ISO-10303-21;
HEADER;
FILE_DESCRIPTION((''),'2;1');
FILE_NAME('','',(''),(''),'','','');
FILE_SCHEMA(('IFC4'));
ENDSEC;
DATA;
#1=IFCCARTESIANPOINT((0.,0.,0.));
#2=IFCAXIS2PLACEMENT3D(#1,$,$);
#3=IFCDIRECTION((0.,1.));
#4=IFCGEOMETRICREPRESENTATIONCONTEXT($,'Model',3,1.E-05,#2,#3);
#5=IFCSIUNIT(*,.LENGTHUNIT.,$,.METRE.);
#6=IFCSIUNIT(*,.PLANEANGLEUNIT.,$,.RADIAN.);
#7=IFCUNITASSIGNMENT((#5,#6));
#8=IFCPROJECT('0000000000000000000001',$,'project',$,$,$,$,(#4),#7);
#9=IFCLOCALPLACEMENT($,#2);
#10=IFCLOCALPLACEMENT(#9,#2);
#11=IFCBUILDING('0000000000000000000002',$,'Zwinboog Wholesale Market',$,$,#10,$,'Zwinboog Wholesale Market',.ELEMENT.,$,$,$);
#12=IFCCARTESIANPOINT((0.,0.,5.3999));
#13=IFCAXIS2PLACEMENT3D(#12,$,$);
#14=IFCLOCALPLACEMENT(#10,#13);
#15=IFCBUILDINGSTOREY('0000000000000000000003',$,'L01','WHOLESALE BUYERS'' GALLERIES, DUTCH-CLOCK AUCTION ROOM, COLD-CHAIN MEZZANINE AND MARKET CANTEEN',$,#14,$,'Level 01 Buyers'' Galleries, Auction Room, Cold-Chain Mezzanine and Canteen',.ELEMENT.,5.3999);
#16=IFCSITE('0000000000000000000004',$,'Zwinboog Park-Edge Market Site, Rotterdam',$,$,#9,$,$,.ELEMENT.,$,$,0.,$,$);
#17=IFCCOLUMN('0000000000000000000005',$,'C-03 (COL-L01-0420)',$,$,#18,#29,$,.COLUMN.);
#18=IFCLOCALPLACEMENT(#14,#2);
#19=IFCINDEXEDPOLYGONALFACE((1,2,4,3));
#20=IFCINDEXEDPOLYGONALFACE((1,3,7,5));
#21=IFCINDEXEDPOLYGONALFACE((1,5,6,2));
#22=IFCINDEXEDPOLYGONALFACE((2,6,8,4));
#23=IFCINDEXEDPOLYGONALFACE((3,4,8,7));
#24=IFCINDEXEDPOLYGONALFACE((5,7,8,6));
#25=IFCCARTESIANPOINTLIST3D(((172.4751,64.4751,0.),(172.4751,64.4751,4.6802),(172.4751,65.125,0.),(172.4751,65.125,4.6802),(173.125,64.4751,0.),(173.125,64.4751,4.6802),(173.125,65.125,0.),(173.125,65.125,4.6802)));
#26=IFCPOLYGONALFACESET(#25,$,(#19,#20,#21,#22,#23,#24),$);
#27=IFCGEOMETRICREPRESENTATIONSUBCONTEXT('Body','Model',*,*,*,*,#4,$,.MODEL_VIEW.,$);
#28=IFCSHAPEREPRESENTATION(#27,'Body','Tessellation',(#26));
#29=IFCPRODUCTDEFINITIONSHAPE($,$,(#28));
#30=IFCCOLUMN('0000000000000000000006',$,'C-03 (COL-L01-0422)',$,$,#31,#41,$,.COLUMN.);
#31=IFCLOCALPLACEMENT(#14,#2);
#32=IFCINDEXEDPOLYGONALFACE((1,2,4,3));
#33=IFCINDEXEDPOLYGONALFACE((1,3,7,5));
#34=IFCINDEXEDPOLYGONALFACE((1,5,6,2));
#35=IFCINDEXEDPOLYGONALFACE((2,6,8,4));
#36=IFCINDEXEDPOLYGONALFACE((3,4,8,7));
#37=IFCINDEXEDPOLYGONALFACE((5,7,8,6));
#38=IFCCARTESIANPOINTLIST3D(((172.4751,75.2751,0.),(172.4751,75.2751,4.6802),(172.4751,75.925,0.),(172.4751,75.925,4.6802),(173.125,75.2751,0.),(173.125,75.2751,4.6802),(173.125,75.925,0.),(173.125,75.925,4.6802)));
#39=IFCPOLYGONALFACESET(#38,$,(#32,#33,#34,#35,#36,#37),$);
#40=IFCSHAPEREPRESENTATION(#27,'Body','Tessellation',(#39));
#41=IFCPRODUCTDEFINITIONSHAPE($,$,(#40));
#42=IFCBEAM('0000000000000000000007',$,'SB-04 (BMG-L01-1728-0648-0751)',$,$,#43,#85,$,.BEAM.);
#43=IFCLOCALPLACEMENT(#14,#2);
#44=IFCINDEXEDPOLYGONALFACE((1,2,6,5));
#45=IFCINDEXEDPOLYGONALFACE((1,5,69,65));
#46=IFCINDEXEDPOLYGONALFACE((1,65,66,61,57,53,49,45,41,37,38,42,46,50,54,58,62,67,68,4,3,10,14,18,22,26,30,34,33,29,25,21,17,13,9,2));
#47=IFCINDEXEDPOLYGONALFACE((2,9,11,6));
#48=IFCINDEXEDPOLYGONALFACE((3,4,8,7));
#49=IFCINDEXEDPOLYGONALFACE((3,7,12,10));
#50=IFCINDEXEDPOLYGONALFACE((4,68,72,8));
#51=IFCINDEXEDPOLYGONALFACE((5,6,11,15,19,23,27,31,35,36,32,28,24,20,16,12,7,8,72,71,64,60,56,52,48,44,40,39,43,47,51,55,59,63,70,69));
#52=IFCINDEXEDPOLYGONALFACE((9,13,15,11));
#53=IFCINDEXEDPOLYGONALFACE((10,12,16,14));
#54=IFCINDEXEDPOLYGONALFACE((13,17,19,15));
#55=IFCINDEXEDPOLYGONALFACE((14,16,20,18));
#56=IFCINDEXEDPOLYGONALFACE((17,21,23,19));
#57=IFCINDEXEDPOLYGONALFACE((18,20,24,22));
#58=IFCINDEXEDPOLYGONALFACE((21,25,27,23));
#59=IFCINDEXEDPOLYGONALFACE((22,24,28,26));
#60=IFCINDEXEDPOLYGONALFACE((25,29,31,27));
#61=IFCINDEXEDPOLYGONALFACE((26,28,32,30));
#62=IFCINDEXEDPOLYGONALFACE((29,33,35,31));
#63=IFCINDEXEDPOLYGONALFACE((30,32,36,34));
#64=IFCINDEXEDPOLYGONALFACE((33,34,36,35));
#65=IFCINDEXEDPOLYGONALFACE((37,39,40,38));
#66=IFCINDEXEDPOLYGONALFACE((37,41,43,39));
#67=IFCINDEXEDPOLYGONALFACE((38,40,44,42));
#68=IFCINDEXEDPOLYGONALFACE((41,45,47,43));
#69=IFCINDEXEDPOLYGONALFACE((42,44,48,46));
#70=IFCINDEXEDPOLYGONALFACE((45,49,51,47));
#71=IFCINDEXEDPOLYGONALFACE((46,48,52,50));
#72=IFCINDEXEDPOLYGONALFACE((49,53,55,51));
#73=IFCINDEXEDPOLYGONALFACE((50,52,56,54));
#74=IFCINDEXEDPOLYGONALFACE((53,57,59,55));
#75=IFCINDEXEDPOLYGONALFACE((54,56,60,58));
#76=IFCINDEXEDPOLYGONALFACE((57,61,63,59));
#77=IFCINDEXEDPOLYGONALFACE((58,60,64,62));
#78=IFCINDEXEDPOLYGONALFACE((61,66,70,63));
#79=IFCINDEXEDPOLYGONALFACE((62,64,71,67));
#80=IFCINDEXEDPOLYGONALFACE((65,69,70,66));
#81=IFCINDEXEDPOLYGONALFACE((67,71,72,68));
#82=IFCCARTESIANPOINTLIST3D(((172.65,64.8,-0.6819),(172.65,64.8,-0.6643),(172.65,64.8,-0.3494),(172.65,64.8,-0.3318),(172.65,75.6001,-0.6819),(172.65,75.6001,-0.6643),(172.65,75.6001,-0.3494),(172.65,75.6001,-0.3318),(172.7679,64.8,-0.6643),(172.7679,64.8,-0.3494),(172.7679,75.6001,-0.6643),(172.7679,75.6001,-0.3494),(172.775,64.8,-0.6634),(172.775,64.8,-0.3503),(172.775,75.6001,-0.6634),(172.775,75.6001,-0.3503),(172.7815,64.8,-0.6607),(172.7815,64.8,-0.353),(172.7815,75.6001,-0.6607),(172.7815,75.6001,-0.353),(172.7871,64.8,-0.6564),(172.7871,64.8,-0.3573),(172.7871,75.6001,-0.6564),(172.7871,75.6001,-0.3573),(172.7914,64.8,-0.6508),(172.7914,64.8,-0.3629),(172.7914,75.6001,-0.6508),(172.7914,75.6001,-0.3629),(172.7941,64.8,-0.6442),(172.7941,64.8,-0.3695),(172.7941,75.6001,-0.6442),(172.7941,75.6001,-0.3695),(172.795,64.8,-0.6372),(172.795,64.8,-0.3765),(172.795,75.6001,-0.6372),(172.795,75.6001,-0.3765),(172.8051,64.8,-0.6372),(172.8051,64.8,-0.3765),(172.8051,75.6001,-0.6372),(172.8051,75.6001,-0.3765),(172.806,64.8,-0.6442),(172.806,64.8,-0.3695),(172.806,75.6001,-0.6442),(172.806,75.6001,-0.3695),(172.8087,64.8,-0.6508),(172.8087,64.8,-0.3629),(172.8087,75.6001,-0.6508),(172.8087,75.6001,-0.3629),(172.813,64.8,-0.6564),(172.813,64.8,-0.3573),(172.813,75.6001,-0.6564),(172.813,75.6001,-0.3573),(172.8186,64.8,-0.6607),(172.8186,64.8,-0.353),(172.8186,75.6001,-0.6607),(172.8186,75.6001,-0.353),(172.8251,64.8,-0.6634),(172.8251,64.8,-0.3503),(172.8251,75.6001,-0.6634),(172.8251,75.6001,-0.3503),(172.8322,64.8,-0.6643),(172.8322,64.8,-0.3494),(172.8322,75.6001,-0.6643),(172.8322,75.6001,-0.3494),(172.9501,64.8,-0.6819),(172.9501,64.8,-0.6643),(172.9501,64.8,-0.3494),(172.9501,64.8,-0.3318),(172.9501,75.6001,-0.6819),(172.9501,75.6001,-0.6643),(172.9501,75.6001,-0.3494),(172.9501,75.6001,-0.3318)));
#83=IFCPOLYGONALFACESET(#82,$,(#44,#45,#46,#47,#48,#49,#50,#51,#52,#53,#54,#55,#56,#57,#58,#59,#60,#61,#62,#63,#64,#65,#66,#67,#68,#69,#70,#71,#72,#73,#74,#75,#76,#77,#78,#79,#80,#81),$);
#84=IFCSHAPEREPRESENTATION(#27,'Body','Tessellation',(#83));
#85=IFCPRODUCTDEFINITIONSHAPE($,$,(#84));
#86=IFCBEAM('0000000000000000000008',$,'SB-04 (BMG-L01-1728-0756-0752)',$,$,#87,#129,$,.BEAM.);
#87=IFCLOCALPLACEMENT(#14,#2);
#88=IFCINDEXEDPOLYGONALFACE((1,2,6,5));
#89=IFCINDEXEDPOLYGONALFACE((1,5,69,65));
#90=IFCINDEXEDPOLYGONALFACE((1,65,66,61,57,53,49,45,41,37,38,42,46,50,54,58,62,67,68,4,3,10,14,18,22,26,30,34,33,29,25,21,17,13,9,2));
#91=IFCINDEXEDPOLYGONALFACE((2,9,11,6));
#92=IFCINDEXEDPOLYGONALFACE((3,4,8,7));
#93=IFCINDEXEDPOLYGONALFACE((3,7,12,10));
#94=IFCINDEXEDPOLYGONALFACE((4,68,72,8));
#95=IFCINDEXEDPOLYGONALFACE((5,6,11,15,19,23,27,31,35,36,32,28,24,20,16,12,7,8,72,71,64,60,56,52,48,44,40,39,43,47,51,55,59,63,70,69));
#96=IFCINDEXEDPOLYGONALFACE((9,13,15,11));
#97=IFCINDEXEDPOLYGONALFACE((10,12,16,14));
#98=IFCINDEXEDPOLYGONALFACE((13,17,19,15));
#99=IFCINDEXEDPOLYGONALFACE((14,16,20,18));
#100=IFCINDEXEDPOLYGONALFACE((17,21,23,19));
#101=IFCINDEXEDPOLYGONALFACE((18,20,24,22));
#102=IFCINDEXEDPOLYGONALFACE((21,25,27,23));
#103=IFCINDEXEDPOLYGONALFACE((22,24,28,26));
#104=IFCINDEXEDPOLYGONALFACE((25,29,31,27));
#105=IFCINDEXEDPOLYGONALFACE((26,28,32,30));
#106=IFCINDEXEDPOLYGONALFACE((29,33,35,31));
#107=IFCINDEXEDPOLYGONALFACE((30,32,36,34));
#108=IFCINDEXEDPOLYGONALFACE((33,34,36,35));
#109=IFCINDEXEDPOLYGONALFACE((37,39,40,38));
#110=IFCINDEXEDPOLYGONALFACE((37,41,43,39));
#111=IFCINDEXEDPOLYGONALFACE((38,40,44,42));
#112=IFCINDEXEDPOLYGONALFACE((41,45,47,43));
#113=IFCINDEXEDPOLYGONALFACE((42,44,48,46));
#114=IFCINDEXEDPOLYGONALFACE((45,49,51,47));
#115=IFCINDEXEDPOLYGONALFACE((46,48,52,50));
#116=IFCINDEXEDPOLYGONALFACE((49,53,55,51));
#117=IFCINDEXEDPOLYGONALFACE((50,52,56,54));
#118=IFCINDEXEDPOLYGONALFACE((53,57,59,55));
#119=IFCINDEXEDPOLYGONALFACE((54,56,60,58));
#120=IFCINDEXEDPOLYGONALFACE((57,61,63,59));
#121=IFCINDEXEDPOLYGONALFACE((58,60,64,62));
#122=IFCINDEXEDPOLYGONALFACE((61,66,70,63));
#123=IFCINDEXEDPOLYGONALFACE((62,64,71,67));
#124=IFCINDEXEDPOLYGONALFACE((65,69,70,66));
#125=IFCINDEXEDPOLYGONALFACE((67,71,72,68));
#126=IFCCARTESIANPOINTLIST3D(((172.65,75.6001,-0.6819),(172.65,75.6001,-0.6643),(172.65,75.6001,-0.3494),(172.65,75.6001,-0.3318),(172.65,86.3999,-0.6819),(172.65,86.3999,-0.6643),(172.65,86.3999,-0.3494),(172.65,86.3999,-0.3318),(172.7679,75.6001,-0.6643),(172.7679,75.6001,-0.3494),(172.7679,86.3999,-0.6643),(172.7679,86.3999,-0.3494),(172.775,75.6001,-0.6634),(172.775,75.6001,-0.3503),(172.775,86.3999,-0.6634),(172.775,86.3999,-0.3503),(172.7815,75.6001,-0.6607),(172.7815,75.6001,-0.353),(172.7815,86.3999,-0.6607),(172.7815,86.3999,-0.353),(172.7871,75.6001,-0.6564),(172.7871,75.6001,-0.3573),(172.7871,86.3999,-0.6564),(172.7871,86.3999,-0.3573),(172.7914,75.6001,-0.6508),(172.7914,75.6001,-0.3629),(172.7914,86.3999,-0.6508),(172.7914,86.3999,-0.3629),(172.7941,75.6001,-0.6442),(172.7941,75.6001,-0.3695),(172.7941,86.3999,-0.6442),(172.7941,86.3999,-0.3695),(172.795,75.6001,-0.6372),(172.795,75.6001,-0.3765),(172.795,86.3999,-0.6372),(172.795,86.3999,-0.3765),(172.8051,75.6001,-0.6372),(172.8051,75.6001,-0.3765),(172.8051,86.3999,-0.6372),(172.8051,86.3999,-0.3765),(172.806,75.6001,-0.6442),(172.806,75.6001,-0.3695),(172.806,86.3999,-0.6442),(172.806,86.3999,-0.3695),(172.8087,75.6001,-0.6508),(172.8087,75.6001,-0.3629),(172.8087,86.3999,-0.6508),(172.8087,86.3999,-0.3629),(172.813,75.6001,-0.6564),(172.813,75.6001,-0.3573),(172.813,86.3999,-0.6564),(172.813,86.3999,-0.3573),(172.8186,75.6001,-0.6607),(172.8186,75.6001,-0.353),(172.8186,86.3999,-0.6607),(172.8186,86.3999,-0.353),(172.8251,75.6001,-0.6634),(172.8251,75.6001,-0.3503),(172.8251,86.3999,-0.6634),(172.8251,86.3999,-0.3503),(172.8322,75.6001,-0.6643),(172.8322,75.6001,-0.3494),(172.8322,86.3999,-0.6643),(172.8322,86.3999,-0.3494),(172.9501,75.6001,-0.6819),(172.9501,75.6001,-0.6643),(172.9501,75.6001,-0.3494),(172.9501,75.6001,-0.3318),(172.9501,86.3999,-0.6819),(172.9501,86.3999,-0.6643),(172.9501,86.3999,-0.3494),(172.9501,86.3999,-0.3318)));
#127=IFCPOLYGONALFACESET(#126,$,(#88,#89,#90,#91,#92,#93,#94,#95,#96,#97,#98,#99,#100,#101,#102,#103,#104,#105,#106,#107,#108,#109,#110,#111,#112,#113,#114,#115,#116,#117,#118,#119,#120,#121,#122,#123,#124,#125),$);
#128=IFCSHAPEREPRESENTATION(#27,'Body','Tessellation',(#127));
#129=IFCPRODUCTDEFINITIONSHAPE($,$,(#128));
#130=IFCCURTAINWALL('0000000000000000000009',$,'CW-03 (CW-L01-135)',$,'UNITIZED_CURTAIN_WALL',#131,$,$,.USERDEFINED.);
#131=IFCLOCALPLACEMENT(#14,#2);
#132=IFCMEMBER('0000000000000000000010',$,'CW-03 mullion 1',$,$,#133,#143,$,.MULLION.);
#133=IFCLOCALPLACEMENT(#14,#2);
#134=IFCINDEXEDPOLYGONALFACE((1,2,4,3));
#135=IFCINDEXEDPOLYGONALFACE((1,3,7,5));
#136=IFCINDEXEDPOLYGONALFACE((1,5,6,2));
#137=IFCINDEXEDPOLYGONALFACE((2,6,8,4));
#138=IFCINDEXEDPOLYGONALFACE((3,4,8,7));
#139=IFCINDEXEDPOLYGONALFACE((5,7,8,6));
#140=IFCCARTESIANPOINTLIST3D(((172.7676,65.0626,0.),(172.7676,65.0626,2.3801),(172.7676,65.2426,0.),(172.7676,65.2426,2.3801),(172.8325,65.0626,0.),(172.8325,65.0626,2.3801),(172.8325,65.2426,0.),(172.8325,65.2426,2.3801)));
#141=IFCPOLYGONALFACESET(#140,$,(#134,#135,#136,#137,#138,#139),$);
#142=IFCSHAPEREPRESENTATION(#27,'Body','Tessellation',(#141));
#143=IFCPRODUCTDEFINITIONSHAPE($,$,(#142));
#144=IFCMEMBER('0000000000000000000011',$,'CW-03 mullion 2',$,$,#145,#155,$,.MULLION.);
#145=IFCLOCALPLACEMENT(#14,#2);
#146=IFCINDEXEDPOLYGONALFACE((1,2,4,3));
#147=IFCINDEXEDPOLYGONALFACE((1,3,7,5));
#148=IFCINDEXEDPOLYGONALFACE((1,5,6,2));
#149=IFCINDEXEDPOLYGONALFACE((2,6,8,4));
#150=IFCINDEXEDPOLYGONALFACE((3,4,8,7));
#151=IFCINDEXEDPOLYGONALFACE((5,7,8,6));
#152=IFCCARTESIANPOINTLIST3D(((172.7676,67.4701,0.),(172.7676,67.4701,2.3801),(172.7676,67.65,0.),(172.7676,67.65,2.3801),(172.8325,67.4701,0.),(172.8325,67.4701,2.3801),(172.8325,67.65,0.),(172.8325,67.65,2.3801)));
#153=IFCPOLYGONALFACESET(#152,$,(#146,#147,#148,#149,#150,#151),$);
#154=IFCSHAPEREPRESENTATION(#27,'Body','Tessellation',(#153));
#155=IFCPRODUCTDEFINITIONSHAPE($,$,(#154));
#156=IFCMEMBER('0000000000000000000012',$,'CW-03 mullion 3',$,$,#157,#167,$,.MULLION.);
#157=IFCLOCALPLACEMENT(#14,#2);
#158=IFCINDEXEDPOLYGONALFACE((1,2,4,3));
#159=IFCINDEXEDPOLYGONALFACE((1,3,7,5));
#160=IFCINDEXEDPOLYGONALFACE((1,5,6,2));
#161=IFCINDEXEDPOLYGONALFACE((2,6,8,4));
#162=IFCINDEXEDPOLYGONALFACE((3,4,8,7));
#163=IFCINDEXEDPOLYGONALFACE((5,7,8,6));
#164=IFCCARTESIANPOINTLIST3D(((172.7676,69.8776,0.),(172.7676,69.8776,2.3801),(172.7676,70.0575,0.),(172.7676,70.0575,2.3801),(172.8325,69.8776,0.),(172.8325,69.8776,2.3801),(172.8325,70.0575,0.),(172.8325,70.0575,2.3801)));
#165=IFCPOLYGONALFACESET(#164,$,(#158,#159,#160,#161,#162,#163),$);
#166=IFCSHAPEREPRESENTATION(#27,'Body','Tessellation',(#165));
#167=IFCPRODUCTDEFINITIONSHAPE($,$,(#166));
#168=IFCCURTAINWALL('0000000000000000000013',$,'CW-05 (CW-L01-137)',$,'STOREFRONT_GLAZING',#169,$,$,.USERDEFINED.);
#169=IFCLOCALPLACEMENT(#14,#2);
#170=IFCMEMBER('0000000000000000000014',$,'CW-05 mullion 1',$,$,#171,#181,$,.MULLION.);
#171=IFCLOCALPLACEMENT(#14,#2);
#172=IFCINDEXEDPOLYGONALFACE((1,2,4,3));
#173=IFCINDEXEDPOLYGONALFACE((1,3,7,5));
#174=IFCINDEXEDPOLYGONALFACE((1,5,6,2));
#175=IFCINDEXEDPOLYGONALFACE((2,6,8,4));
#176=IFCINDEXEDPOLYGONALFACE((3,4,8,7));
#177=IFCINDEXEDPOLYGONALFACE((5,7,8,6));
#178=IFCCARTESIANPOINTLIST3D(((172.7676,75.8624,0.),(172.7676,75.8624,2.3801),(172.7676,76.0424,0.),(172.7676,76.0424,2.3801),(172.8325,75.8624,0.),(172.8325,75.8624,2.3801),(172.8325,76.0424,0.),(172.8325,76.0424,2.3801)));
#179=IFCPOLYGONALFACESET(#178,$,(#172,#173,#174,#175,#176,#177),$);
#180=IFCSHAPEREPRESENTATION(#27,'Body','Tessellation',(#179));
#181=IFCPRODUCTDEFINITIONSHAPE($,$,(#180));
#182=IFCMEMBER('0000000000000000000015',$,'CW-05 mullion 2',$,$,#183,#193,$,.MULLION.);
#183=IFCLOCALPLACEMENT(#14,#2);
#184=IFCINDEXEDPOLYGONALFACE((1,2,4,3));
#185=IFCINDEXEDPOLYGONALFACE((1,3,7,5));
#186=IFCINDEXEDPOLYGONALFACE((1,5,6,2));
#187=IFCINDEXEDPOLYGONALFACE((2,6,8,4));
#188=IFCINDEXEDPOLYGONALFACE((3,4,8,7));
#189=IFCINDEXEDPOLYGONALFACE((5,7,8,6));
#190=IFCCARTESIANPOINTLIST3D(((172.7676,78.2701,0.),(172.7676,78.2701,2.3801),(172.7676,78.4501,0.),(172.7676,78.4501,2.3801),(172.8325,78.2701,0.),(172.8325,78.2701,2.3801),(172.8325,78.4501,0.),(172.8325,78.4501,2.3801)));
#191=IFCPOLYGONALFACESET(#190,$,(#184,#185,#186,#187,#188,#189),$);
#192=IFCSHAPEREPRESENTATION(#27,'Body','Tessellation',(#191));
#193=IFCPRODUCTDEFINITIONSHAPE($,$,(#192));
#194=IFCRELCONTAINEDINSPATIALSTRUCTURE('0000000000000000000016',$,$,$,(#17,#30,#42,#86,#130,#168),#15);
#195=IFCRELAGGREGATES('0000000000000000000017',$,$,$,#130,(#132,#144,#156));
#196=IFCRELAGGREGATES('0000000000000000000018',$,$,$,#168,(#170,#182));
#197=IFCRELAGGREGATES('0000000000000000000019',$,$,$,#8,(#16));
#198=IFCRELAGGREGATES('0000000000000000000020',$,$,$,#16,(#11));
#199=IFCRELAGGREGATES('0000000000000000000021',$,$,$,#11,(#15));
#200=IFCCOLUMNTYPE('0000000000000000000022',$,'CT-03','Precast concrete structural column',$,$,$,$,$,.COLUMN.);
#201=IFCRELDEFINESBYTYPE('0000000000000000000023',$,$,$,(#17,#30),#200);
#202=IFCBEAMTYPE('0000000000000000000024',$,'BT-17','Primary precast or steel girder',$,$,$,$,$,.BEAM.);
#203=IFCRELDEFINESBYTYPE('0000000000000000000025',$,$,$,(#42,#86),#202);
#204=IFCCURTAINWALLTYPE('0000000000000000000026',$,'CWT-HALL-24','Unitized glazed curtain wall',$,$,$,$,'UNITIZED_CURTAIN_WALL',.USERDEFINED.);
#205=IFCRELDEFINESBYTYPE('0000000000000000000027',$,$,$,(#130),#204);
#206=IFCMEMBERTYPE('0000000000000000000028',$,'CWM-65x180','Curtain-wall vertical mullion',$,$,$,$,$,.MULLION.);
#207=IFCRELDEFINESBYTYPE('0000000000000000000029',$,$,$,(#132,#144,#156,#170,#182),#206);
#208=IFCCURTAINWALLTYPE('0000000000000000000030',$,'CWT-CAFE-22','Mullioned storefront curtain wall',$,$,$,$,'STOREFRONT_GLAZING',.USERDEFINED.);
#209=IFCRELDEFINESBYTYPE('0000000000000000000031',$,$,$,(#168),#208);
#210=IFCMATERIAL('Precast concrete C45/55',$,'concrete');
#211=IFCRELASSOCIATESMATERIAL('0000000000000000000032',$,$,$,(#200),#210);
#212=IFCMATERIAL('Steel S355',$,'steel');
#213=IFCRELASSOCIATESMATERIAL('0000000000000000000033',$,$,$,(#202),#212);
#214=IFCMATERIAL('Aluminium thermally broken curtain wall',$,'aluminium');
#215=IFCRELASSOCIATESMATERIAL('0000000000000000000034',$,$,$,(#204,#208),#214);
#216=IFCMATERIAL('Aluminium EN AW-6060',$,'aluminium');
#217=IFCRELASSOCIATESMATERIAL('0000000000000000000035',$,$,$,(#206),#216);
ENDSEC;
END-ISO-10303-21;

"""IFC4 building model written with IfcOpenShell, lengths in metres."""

from ifc_helpers import new_model, si_unit, direction, frame, origin, origin_2d, place, context, subcontext, project, spatial, rectangle, i_section, extrude, material, material_profile, profile_set, type_object, element, aggregate, save


model = new_model("IFC4")

# Units and contexts
model_context = context("Model", 3, precision=1e-05, world=origin(), true_north=direction((0.0, 1.0)))
body_context = subcontext(model_context, "Body", "Model", "MODEL_VIEW")
ifc_project = project(units=[si_unit("LENGTHUNIT", "METRE"), si_unit("PLANEANGLEUNIT", "RADIAN")], contexts=[model_context])

# Site, building, storey
site_placement = place(None, origin())
site = spatial("IfcSite", under=ifc_project, at=site_placement, Name="Zwinboog Park-Edge Market Site, Rotterdam", CompositionType="ELEMENT", RefElevation=0.0)
building_placement = place(site_placement, origin())
building = spatial("IfcBuilding", under=site, at=building_placement, Name="Zwinboog Wholesale Market", LongName="Zwinboog Wholesale Market", CompositionType="ELEMENT")
storey_placement = place(building_placement, frame((0.0, 0.0, 5.3999)))
storey = spatial("IfcBuildingStorey", under=building, at=storey_placement, Name="L01", Description="WHOLESALE BUYERS' GALLERIES, DUTCH-CLOCK AUCTION ROOM, COLD-CHAIN MEZZANINE AND MARKET CANTEEN", LongName="Level 01 Buyers' Galleries, Auction Room, Cold-Chain Mezzanine and Canteen", CompositionType="ELEMENT", Elevation=5.3999)

# Columns
ifc_material_1 = material(Name="Precast concrete C45/55", Category="concrete")
ifc_material_profile_1 = material_profile(ifc_material_1, rectangle(XDim=0.6499, YDim=0.6499, at=origin_2d()), Name="PC 650x650")
ifc_profile_set_1 = profile_set([ifc_material_profile_1], Name="Precast concrete C45/55")
column_type = type_object("IfcColumnType", Name="CT-03", Description="Precast concrete structural column", PredefinedType="COLUMN", material=ifc_profile_set_1)
for number, where, z_axis, x_axis, name in (
    (1, (172.8, 64.8, 0.0), (0.0, 0.0, 1.0), (1.0, 0.0, 0.0), "C-03 (COL-L01-0420)"),
    (2, (172.8, 75.6001, 0.0), (0.0, 0.0, 1.0), (1.0, 0.0, 0.0), "C-03 (COL-L01-0422)"),
):
    element("IfcColumn", number, at=place(storey_placement, frame(where, z_axis=z_axis, x_axis=x_axis)), inside=storey, type_object=column_type, Name=name, PredefinedType="COLUMN", context=body_context, shape_type="SweptSolid", body=[
        extrude(rectangle(XDim=0.6499, YDim=0.6499, at=origin_2d()), origin(), (0.0, 0.0, 1.0), 4.6802),
    ])

# Beams
ifc_material_2 = material(Name="Steel S355", Category="steel")
ifc_material_profile_2 = material_profile(ifc_material_2, i_section(OverallWidth=0.3, OverallDepth=0.3501, WebThickness=0.01, FlangeThickness=0.0176, FilletRadius=0.0271, at=origin_2d()), Name="HEA 360")
ifc_profile_set_2 = profile_set([ifc_material_profile_2], Name="Steel S355")
beam_type = type_object("IfcBeamType", Name="BT-17", Description="Primary precast or steel girder", PredefinedType="BEAM", material=ifc_profile_set_2)
beam_1_placement = place(storey_placement, frame((172.8, 64.8, -0.5068), z_axis=(0.0, 1.0, 0.0), x_axis=(-1.0, 0.0, 0.0)))
element("IfcBeam", 3, at=beam_1_placement, inside=storey, type_object=beam_type, Name="SB-04 (BMG-L01-1728-0648-0751)", PredefinedType="BEAM", context=body_context, shape_type="SweptSolid", body=[
    extrude(i_section(OverallWidth=0.3, OverallDepth=0.3501, WebThickness=0.01, FlangeThickness=0.0176, FilletRadius=0.0271, at=origin_2d()), origin(), (0.0, 0.0, 1.0), 10.8),
])
beam_2_placement = place(storey_placement, frame((172.8, 75.6001, -0.5068), z_axis=(0.0, 1.0, 0.0), x_axis=(-1.0, 0.0, 0.0)))
element("IfcBeam", 4, at=beam_2_placement, inside=storey, type_object=beam_type, Name="SB-04 (BMG-L01-1728-0756-0752)", PredefinedType="BEAM", context=body_context, shape_type="SweptSolid", body=[
    extrude(i_section(OverallWidth=0.3, OverallDepth=0.3501, WebThickness=0.01, FlangeThickness=0.0176, FilletRadius=0.0271, at=origin_2d()), origin(), (0.0, 0.0, 1.0), 10.7998),
])

# Curtain walls, members
ifc_material_3 = material(Name="Aluminium thermally broken curtain wall", Category="aluminium")
curtain_wall_type_1 = type_object("IfcCurtainWallType", Name="CWT-HALL-24", Description="Unitized glazed curtain wall", ElementType="UNITIZED_CURTAIN_WALL", PredefinedType="USERDEFINED", material=ifc_material_3)
curtain_wall_1_placement = place(storey_placement, origin())
curtain_wall_1 = element("IfcCurtainWall", 5, at=curtain_wall_1_placement, inside=storey, type_object=curtain_wall_type_1, Name="CW-03 (CW-L01-135)", ObjectType="UNITIZED_CURTAIN_WALL", PredefinedType="USERDEFINED")
ifc_material_4 = material(Name="Aluminium EN AW-6060", Category="aluminium")
ifc_material_profile_3 = material_profile(ifc_material_4, rectangle(XDim=0.0649, YDim=0.1799, at=origin_2d()), Name="AL 65x180")
ifc_profile_set_3 = profile_set([ifc_material_profile_3], Name="Aluminium EN AW-6060")
member_type_1 = type_object("IfcMemberType", Name="CWM-65x180", Description="Curtain-wall vertical mullion", PredefinedType="MULLION", material=ifc_profile_set_3)
member_1_placement = place(storey_placement, frame((172.8, 65.1526, 0.0), z_axis=(0.0, 0.0, 1.0), x_axis=(-1.0, 0.0, 0.0)))
member_1 = element("IfcMember", 6, at=member_1_placement, type_object=member_type_1, Name="CW-03 mullion 1", PredefinedType="MULLION", context=body_context, shape_type="SweptSolid", body=[
    extrude(rectangle(XDim=0.0649, YDim=0.1799, at=origin_2d()), origin(), (0.0, 0.0, 1.0), 2.3801),
])
member_2_placement = place(storey_placement, frame((172.8, 67.5601, 0.0), z_axis=(0.0, 0.0, 1.0), x_axis=(-1.0, 0.0, 0.0)))
member_2 = element("IfcMember", 7, at=member_2_placement, type_object=member_type_1, Name="CW-03 mullion 2", PredefinedType="MULLION", context=body_context, shape_type="SweptSolid", body=[
    extrude(rectangle(XDim=0.0649, YDim=0.1799, at=origin_2d()), origin(), (0.0, 0.0, 1.0), 2.3801),
])
member_3_placement = place(storey_placement, frame((172.8, 69.9675, 0.0), z_axis=(0.0, 0.0, 1.0), x_axis=(-1.0, 0.0, 0.0)))
member_3 = element("IfcMember", 8, at=member_3_placement, type_object=member_type_1, Name="CW-03 mullion 3", PredefinedType="MULLION", context=body_context, shape_type="SweptSolid", body=[
    extrude(rectangle(XDim=0.0649, YDim=0.1799, at=origin_2d()), origin(), (0.0, 0.0, 1.0), 2.3801),
])
curtain_wall_type_2 = type_object("IfcCurtainWallType", Name="CWT-CAFE-22", Description="Mullioned storefront curtain wall", ElementType="STOREFRONT_GLAZING", PredefinedType="USERDEFINED", material=ifc_material_3)
curtain_wall_2_placement = place(storey_placement, origin())
curtain_wall_2 = element("IfcCurtainWall", 9, at=curtain_wall_2_placement, inside=storey, type_object=curtain_wall_type_2, Name="CW-05 (CW-L01-137)", ObjectType="STOREFRONT_GLAZING", PredefinedType="USERDEFINED")
member_4_placement = place(storey_placement, frame((172.8, 75.9524, 0.0), z_axis=(0.0, 0.0, 1.0), x_axis=(-1.0, 0.0, 0.0)))
member_4 = element("IfcMember", 10, at=member_4_placement, type_object=member_type_1, Name="CW-05 mullion 1", PredefinedType="MULLION", context=body_context, shape_type="SweptSolid", body=[
    extrude(rectangle(XDim=0.0649, YDim=0.1799, at=origin_2d()), origin(), (0.0, 0.0, 1.0), 2.3801),
])
member_5_placement = place(storey_placement, frame((172.8, 78.3601, 0.0), z_axis=(0.0, 0.0, 1.0), x_axis=(-1.0, 0.0, 0.0)))
member_5 = element("IfcMember", 11, at=member_5_placement, type_object=member_type_1, Name="CW-05 mullion 2", PredefinedType="MULLION", context=body_context, shape_type="SweptSolid", body=[
    extrude(rectangle(XDim=0.0649, YDim=0.1799, at=origin_2d()), origin(), (0.0, 0.0, 1.0), 2.3801),
])

aggregate(curtain_wall_1, [member_1, member_2, member_3])
aggregate(curtain_wall_2, [member_4, member_5])

save(model, "model.ifc")
